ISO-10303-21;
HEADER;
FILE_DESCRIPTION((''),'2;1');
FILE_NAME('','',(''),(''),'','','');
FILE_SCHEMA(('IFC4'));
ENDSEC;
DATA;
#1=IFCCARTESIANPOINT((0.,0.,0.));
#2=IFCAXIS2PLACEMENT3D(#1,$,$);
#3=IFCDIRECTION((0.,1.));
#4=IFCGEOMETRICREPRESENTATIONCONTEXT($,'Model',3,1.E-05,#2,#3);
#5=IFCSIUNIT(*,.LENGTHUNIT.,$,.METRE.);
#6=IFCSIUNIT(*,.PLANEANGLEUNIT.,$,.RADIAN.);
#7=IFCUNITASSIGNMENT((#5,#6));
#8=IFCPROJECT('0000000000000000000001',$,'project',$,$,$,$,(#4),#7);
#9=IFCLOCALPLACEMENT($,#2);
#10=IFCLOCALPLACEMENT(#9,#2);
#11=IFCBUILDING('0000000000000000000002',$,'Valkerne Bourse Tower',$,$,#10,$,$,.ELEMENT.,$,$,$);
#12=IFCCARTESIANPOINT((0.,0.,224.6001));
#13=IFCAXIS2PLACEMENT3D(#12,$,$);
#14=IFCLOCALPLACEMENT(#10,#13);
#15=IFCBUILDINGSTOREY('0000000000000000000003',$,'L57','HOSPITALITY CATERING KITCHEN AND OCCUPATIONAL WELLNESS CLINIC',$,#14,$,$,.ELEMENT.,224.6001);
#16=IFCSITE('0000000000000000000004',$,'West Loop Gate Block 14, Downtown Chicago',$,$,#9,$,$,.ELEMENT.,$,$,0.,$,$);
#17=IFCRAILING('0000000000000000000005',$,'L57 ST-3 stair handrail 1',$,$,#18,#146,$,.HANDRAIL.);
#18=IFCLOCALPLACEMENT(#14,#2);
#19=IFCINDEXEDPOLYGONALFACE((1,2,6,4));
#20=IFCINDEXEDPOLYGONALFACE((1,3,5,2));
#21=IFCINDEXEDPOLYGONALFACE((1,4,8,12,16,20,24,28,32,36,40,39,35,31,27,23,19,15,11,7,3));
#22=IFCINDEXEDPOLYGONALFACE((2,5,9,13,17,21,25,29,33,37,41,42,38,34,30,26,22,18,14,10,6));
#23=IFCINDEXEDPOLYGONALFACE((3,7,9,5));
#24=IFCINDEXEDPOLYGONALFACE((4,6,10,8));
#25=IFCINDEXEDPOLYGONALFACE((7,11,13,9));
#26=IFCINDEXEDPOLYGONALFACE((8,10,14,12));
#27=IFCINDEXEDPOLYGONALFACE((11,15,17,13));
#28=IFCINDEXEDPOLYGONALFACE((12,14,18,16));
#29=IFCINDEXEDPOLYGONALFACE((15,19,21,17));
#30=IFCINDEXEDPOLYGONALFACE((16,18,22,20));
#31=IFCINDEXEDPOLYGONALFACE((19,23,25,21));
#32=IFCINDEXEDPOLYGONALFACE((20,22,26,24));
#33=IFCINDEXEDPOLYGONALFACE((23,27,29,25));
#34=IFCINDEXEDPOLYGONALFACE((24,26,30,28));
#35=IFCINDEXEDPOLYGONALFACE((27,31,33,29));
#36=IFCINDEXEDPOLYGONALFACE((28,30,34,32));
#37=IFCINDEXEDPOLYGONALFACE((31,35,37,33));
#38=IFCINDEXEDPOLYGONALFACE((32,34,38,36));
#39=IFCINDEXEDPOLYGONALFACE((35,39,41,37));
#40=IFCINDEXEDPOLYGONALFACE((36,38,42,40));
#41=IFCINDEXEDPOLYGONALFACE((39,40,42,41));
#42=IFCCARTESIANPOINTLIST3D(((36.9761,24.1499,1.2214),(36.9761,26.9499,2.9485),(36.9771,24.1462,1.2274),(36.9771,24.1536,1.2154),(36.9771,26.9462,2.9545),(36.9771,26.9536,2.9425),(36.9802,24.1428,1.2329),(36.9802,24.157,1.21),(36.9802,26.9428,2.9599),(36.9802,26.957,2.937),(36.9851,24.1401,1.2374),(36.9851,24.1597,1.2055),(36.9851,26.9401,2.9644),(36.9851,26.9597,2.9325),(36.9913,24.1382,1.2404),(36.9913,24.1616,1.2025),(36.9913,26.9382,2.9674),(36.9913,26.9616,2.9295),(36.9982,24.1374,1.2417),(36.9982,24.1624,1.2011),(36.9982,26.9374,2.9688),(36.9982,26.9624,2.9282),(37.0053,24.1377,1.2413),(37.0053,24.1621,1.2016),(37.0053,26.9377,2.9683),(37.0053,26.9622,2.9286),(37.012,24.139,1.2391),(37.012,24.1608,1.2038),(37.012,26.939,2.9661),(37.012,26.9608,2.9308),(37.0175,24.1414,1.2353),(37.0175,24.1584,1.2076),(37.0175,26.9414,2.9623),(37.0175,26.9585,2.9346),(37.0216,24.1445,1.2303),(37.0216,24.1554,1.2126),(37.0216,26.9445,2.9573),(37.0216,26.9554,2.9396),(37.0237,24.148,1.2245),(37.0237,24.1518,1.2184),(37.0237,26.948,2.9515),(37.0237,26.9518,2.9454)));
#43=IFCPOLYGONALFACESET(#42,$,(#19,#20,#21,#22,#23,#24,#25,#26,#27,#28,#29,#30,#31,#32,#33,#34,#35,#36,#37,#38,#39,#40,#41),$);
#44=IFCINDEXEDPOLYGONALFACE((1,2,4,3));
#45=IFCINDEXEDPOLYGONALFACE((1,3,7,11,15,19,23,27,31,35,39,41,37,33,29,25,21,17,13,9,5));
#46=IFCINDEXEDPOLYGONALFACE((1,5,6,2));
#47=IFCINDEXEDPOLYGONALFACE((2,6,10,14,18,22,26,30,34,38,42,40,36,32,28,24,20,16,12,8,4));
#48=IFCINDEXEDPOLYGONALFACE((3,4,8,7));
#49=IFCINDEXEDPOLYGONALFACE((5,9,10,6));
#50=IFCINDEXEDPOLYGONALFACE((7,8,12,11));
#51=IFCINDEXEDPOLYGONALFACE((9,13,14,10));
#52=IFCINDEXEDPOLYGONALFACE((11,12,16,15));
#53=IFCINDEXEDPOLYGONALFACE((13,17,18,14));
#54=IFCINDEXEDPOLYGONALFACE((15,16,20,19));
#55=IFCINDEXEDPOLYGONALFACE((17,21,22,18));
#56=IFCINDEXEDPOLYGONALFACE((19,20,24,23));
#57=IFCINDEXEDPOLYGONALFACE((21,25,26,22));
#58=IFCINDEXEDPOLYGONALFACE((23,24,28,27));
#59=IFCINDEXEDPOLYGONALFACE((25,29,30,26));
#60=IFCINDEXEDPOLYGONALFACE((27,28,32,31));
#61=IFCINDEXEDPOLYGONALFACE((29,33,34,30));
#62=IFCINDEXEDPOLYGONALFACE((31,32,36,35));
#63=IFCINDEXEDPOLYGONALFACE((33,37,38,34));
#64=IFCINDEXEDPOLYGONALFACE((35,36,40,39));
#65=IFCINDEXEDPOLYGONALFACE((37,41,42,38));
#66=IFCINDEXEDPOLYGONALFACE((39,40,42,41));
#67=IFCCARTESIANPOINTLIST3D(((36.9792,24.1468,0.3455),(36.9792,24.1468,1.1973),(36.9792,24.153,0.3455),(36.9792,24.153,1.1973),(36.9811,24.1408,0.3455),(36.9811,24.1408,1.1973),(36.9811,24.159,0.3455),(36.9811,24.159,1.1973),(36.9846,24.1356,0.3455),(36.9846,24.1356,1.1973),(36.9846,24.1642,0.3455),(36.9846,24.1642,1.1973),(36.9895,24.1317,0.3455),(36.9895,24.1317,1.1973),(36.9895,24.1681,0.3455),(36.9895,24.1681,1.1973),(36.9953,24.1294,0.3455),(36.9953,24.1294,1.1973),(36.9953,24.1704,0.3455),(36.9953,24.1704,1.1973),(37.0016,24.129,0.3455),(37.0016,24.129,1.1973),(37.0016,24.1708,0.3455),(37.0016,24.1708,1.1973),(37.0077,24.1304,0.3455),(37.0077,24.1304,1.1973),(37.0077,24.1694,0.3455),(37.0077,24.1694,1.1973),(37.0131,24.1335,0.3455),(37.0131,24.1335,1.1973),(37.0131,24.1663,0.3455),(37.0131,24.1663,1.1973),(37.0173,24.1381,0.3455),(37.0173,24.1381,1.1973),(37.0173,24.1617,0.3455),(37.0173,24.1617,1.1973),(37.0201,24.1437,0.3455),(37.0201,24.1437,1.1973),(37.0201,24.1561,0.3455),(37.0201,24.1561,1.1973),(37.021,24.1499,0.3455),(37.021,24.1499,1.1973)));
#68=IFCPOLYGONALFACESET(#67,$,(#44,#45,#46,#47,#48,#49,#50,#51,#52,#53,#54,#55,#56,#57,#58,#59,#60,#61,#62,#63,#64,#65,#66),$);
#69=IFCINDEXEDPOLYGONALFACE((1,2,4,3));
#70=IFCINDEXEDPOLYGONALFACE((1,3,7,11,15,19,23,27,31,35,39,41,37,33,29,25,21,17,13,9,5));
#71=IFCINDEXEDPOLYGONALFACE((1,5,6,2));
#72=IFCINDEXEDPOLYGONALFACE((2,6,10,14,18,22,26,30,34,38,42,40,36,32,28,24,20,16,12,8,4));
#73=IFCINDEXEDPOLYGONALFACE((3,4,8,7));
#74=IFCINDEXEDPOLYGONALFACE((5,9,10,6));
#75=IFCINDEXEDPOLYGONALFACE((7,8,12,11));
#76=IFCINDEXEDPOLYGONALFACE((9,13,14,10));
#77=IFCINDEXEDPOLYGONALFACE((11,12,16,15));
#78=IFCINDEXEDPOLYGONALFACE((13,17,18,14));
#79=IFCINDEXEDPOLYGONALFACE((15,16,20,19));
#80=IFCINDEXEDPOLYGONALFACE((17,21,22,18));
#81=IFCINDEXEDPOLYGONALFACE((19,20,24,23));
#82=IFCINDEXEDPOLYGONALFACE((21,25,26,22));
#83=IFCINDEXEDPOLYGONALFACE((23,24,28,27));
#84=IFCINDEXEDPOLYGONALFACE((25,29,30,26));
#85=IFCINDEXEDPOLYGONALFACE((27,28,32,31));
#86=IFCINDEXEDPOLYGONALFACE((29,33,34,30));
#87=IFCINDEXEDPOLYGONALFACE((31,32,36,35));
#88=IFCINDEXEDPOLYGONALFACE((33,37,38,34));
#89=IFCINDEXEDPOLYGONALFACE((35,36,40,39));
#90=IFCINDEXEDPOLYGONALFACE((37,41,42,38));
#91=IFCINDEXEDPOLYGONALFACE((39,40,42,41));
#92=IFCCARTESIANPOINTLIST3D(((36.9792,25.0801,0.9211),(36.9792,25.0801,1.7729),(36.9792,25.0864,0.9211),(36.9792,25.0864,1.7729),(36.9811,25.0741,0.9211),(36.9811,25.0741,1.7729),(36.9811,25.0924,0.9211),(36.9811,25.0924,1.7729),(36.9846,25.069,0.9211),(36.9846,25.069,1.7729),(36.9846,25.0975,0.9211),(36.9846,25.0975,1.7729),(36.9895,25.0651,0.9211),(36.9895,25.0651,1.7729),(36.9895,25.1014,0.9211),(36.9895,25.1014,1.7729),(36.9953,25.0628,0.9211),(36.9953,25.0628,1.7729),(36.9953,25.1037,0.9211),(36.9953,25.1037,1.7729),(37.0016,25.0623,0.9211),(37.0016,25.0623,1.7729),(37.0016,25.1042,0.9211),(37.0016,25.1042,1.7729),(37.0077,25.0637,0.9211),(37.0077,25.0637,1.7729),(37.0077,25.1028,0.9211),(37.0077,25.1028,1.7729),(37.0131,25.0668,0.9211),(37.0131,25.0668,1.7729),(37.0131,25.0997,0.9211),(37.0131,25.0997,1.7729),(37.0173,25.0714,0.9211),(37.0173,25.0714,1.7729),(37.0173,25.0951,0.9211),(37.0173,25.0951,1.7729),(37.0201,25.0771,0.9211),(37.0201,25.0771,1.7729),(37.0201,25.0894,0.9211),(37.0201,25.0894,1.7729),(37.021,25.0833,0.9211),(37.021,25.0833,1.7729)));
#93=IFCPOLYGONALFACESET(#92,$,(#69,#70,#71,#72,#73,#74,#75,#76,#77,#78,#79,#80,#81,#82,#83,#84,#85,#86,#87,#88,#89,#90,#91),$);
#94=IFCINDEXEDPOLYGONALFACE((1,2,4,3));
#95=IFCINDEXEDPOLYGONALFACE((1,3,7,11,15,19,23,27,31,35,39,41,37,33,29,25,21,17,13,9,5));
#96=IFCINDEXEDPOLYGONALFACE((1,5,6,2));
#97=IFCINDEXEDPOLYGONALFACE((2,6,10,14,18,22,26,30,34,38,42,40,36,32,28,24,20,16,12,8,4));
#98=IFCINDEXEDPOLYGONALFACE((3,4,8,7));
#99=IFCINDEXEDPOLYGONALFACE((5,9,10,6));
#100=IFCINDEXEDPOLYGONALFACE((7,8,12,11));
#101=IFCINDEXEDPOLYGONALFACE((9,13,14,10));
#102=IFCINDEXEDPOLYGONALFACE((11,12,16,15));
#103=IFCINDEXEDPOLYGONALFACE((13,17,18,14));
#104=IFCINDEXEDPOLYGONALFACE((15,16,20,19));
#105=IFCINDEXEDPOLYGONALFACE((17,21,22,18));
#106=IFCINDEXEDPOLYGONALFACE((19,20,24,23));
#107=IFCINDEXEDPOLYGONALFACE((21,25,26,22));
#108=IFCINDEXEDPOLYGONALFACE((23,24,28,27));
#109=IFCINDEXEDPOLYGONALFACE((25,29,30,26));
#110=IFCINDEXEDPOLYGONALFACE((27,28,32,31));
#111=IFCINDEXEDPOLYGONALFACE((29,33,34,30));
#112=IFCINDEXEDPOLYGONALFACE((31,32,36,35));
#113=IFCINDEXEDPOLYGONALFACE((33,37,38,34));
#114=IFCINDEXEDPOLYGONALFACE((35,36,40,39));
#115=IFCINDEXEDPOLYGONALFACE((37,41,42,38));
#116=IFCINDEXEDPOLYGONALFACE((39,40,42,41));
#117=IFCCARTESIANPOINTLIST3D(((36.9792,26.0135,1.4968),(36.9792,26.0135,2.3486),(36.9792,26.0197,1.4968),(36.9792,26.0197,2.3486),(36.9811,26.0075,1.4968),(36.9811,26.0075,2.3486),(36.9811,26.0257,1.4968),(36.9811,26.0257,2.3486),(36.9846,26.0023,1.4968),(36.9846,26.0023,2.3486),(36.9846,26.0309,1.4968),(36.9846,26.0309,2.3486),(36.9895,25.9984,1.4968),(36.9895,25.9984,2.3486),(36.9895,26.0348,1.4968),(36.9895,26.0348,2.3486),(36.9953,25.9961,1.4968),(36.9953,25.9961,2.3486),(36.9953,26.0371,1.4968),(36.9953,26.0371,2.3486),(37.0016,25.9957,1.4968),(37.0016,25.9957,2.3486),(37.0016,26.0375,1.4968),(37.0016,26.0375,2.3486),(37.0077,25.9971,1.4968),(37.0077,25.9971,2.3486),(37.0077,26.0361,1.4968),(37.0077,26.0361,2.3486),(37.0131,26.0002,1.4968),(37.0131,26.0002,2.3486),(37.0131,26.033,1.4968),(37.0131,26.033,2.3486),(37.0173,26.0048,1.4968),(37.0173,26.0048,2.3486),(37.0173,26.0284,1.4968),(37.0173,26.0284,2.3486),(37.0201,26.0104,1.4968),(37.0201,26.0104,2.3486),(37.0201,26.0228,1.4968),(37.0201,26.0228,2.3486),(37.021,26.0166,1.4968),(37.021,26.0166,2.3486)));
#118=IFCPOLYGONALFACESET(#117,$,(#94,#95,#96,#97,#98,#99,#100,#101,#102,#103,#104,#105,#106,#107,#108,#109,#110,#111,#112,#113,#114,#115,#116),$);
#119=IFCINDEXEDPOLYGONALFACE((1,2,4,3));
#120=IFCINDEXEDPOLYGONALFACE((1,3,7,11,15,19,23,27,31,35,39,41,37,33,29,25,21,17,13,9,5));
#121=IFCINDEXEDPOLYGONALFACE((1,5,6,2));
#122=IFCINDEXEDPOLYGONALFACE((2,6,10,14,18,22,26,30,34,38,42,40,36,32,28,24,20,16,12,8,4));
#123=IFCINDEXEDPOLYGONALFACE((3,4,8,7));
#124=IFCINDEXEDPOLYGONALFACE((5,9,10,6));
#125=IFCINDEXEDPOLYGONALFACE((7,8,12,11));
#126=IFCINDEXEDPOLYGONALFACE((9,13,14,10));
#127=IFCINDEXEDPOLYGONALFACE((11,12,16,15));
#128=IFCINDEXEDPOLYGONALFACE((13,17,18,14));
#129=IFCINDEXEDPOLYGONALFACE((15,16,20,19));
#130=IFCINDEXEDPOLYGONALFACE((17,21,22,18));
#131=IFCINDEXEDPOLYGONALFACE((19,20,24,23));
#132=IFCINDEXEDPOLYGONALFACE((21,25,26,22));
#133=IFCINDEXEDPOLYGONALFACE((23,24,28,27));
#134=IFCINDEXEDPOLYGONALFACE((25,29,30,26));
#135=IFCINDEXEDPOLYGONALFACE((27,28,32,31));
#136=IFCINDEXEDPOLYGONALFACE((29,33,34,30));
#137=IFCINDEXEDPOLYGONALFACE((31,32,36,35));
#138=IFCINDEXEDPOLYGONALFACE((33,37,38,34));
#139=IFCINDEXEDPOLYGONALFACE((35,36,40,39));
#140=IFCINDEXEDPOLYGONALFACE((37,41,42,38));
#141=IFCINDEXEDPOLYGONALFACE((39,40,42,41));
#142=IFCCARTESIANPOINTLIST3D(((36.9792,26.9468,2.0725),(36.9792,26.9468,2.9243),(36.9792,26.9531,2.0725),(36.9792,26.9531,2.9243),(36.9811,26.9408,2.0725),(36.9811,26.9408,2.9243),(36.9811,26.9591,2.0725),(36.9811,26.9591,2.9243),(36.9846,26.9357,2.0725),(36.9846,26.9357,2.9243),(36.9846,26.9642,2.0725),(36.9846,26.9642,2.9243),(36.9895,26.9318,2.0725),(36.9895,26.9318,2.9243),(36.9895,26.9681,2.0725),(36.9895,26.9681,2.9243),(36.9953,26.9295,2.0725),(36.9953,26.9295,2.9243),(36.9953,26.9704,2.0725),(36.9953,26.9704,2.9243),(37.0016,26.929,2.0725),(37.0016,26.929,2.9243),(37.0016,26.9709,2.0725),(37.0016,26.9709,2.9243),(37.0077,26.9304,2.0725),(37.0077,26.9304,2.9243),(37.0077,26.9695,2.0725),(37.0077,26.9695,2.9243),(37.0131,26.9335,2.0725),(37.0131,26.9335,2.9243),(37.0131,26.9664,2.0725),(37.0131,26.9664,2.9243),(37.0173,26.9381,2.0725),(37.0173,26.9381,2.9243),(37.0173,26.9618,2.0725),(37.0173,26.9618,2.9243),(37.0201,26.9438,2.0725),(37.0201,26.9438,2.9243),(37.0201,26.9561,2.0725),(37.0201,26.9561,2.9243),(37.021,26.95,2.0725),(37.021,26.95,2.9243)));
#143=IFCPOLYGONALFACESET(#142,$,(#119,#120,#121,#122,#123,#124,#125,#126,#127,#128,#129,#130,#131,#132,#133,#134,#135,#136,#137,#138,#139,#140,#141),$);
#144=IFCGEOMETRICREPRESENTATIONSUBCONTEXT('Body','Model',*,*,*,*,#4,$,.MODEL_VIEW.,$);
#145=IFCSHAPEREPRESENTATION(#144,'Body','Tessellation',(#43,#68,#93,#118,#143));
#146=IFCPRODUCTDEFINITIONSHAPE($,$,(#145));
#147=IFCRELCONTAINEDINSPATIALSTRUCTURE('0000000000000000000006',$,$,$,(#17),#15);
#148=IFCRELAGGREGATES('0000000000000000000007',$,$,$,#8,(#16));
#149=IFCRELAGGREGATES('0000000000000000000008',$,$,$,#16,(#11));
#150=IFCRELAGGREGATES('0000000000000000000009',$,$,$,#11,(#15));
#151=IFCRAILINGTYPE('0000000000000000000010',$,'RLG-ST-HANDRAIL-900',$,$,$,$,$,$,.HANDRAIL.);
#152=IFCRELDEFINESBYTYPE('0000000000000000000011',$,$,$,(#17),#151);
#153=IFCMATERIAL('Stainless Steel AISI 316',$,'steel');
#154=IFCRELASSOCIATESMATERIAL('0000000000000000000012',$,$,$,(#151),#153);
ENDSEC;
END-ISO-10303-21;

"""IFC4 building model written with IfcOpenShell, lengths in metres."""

from ifc_helpers import new_model, si_unit, direction, frame, origin, origin_2d, place, context, subcontext, project, spatial, circle, extrude, material, type_object, element, save


model = new_model("IFC4")

# Units and contexts
model_context = context("Model", 3, precision=1e-05, world=origin(), true_north=direction((0.0, 1.0)))
body_context = subcontext(model_context, "Body", "Model", "MODEL_VIEW")
ifc_project = project(units=[si_unit("LENGTHUNIT", "METRE"), si_unit("PLANEANGLEUNIT", "RADIAN")], contexts=[model_context])

# Site, building, storey
site_placement = place(None, origin())
site = spatial("IfcSite", under=ifc_project, at=site_placement, Name="West Loop Gate Block 14, Downtown Chicago", CompositionType="ELEMENT", RefElevation=0.0)
building_placement = place(site_placement, origin())
building = spatial("IfcBuilding", under=site, at=building_placement, Name="Valkerne Bourse Tower", CompositionType="ELEMENT")
storey_placement = place(building_placement, frame((0.0, 0.0, 224.6001)))
storey = spatial("IfcBuildingStorey", under=building, at=storey_placement, Name="L57", Description="HOSPITALITY CATERING KITCHEN AND OCCUPATIONAL WELLNESS CLINIC", CompositionType="ELEMENT", Elevation=224.6001)

# Railing
ifc_material_1 = material(Name="Stainless Steel AISI 316", Category="steel")
railing_type_1 = type_object("IfcRailingType", Name="RLG-ST-HANDRAIL-900", PredefinedType="HANDRAIL", material=ifc_material_1)
railing_1_placement = place(storey_placement, frame((37.0, 24.1499, 0.3455)))
element("IfcRailing", 1, at=railing_1_placement, inside=storey, type_object=railing_type_1, Name="L57 ST-3 stair handrail 1", PredefinedType="HANDRAIL", context=body_context, shape_type="SweptSolid", body=[
    extrude(circle(Radius=0.0239, at=origin_2d()), frame((0.0, 0.0, 0.876), z_axis=(0.0, 0.851123, 0.524967), x_axis=(-1.0, 0.0, 0.0)), (0.0, 0.0, 1.0), 3.2898),
    extrude(circle(Radius=0.021, at=origin_2d()), origin(), (0.0, 0.0, 1.0), 0.8518),
    extrude(circle(Radius=0.021, at=origin_2d()), frame((0.0, 0.9333, 0.5757)), (0.0, 0.0, 1.0), 0.8518),
    extrude(circle(Radius=0.021, at=origin_2d()), frame((0.0, 1.8667, 1.1514)), (0.0, 0.0, 1.0), 0.8518),
    extrude(circle(Radius=0.021, at=origin_2d()), frame((0.0, 2.8, 1.7271)), (0.0, 0.0, 1.0), 0.8518),
])

save(model, "model.ifc")
